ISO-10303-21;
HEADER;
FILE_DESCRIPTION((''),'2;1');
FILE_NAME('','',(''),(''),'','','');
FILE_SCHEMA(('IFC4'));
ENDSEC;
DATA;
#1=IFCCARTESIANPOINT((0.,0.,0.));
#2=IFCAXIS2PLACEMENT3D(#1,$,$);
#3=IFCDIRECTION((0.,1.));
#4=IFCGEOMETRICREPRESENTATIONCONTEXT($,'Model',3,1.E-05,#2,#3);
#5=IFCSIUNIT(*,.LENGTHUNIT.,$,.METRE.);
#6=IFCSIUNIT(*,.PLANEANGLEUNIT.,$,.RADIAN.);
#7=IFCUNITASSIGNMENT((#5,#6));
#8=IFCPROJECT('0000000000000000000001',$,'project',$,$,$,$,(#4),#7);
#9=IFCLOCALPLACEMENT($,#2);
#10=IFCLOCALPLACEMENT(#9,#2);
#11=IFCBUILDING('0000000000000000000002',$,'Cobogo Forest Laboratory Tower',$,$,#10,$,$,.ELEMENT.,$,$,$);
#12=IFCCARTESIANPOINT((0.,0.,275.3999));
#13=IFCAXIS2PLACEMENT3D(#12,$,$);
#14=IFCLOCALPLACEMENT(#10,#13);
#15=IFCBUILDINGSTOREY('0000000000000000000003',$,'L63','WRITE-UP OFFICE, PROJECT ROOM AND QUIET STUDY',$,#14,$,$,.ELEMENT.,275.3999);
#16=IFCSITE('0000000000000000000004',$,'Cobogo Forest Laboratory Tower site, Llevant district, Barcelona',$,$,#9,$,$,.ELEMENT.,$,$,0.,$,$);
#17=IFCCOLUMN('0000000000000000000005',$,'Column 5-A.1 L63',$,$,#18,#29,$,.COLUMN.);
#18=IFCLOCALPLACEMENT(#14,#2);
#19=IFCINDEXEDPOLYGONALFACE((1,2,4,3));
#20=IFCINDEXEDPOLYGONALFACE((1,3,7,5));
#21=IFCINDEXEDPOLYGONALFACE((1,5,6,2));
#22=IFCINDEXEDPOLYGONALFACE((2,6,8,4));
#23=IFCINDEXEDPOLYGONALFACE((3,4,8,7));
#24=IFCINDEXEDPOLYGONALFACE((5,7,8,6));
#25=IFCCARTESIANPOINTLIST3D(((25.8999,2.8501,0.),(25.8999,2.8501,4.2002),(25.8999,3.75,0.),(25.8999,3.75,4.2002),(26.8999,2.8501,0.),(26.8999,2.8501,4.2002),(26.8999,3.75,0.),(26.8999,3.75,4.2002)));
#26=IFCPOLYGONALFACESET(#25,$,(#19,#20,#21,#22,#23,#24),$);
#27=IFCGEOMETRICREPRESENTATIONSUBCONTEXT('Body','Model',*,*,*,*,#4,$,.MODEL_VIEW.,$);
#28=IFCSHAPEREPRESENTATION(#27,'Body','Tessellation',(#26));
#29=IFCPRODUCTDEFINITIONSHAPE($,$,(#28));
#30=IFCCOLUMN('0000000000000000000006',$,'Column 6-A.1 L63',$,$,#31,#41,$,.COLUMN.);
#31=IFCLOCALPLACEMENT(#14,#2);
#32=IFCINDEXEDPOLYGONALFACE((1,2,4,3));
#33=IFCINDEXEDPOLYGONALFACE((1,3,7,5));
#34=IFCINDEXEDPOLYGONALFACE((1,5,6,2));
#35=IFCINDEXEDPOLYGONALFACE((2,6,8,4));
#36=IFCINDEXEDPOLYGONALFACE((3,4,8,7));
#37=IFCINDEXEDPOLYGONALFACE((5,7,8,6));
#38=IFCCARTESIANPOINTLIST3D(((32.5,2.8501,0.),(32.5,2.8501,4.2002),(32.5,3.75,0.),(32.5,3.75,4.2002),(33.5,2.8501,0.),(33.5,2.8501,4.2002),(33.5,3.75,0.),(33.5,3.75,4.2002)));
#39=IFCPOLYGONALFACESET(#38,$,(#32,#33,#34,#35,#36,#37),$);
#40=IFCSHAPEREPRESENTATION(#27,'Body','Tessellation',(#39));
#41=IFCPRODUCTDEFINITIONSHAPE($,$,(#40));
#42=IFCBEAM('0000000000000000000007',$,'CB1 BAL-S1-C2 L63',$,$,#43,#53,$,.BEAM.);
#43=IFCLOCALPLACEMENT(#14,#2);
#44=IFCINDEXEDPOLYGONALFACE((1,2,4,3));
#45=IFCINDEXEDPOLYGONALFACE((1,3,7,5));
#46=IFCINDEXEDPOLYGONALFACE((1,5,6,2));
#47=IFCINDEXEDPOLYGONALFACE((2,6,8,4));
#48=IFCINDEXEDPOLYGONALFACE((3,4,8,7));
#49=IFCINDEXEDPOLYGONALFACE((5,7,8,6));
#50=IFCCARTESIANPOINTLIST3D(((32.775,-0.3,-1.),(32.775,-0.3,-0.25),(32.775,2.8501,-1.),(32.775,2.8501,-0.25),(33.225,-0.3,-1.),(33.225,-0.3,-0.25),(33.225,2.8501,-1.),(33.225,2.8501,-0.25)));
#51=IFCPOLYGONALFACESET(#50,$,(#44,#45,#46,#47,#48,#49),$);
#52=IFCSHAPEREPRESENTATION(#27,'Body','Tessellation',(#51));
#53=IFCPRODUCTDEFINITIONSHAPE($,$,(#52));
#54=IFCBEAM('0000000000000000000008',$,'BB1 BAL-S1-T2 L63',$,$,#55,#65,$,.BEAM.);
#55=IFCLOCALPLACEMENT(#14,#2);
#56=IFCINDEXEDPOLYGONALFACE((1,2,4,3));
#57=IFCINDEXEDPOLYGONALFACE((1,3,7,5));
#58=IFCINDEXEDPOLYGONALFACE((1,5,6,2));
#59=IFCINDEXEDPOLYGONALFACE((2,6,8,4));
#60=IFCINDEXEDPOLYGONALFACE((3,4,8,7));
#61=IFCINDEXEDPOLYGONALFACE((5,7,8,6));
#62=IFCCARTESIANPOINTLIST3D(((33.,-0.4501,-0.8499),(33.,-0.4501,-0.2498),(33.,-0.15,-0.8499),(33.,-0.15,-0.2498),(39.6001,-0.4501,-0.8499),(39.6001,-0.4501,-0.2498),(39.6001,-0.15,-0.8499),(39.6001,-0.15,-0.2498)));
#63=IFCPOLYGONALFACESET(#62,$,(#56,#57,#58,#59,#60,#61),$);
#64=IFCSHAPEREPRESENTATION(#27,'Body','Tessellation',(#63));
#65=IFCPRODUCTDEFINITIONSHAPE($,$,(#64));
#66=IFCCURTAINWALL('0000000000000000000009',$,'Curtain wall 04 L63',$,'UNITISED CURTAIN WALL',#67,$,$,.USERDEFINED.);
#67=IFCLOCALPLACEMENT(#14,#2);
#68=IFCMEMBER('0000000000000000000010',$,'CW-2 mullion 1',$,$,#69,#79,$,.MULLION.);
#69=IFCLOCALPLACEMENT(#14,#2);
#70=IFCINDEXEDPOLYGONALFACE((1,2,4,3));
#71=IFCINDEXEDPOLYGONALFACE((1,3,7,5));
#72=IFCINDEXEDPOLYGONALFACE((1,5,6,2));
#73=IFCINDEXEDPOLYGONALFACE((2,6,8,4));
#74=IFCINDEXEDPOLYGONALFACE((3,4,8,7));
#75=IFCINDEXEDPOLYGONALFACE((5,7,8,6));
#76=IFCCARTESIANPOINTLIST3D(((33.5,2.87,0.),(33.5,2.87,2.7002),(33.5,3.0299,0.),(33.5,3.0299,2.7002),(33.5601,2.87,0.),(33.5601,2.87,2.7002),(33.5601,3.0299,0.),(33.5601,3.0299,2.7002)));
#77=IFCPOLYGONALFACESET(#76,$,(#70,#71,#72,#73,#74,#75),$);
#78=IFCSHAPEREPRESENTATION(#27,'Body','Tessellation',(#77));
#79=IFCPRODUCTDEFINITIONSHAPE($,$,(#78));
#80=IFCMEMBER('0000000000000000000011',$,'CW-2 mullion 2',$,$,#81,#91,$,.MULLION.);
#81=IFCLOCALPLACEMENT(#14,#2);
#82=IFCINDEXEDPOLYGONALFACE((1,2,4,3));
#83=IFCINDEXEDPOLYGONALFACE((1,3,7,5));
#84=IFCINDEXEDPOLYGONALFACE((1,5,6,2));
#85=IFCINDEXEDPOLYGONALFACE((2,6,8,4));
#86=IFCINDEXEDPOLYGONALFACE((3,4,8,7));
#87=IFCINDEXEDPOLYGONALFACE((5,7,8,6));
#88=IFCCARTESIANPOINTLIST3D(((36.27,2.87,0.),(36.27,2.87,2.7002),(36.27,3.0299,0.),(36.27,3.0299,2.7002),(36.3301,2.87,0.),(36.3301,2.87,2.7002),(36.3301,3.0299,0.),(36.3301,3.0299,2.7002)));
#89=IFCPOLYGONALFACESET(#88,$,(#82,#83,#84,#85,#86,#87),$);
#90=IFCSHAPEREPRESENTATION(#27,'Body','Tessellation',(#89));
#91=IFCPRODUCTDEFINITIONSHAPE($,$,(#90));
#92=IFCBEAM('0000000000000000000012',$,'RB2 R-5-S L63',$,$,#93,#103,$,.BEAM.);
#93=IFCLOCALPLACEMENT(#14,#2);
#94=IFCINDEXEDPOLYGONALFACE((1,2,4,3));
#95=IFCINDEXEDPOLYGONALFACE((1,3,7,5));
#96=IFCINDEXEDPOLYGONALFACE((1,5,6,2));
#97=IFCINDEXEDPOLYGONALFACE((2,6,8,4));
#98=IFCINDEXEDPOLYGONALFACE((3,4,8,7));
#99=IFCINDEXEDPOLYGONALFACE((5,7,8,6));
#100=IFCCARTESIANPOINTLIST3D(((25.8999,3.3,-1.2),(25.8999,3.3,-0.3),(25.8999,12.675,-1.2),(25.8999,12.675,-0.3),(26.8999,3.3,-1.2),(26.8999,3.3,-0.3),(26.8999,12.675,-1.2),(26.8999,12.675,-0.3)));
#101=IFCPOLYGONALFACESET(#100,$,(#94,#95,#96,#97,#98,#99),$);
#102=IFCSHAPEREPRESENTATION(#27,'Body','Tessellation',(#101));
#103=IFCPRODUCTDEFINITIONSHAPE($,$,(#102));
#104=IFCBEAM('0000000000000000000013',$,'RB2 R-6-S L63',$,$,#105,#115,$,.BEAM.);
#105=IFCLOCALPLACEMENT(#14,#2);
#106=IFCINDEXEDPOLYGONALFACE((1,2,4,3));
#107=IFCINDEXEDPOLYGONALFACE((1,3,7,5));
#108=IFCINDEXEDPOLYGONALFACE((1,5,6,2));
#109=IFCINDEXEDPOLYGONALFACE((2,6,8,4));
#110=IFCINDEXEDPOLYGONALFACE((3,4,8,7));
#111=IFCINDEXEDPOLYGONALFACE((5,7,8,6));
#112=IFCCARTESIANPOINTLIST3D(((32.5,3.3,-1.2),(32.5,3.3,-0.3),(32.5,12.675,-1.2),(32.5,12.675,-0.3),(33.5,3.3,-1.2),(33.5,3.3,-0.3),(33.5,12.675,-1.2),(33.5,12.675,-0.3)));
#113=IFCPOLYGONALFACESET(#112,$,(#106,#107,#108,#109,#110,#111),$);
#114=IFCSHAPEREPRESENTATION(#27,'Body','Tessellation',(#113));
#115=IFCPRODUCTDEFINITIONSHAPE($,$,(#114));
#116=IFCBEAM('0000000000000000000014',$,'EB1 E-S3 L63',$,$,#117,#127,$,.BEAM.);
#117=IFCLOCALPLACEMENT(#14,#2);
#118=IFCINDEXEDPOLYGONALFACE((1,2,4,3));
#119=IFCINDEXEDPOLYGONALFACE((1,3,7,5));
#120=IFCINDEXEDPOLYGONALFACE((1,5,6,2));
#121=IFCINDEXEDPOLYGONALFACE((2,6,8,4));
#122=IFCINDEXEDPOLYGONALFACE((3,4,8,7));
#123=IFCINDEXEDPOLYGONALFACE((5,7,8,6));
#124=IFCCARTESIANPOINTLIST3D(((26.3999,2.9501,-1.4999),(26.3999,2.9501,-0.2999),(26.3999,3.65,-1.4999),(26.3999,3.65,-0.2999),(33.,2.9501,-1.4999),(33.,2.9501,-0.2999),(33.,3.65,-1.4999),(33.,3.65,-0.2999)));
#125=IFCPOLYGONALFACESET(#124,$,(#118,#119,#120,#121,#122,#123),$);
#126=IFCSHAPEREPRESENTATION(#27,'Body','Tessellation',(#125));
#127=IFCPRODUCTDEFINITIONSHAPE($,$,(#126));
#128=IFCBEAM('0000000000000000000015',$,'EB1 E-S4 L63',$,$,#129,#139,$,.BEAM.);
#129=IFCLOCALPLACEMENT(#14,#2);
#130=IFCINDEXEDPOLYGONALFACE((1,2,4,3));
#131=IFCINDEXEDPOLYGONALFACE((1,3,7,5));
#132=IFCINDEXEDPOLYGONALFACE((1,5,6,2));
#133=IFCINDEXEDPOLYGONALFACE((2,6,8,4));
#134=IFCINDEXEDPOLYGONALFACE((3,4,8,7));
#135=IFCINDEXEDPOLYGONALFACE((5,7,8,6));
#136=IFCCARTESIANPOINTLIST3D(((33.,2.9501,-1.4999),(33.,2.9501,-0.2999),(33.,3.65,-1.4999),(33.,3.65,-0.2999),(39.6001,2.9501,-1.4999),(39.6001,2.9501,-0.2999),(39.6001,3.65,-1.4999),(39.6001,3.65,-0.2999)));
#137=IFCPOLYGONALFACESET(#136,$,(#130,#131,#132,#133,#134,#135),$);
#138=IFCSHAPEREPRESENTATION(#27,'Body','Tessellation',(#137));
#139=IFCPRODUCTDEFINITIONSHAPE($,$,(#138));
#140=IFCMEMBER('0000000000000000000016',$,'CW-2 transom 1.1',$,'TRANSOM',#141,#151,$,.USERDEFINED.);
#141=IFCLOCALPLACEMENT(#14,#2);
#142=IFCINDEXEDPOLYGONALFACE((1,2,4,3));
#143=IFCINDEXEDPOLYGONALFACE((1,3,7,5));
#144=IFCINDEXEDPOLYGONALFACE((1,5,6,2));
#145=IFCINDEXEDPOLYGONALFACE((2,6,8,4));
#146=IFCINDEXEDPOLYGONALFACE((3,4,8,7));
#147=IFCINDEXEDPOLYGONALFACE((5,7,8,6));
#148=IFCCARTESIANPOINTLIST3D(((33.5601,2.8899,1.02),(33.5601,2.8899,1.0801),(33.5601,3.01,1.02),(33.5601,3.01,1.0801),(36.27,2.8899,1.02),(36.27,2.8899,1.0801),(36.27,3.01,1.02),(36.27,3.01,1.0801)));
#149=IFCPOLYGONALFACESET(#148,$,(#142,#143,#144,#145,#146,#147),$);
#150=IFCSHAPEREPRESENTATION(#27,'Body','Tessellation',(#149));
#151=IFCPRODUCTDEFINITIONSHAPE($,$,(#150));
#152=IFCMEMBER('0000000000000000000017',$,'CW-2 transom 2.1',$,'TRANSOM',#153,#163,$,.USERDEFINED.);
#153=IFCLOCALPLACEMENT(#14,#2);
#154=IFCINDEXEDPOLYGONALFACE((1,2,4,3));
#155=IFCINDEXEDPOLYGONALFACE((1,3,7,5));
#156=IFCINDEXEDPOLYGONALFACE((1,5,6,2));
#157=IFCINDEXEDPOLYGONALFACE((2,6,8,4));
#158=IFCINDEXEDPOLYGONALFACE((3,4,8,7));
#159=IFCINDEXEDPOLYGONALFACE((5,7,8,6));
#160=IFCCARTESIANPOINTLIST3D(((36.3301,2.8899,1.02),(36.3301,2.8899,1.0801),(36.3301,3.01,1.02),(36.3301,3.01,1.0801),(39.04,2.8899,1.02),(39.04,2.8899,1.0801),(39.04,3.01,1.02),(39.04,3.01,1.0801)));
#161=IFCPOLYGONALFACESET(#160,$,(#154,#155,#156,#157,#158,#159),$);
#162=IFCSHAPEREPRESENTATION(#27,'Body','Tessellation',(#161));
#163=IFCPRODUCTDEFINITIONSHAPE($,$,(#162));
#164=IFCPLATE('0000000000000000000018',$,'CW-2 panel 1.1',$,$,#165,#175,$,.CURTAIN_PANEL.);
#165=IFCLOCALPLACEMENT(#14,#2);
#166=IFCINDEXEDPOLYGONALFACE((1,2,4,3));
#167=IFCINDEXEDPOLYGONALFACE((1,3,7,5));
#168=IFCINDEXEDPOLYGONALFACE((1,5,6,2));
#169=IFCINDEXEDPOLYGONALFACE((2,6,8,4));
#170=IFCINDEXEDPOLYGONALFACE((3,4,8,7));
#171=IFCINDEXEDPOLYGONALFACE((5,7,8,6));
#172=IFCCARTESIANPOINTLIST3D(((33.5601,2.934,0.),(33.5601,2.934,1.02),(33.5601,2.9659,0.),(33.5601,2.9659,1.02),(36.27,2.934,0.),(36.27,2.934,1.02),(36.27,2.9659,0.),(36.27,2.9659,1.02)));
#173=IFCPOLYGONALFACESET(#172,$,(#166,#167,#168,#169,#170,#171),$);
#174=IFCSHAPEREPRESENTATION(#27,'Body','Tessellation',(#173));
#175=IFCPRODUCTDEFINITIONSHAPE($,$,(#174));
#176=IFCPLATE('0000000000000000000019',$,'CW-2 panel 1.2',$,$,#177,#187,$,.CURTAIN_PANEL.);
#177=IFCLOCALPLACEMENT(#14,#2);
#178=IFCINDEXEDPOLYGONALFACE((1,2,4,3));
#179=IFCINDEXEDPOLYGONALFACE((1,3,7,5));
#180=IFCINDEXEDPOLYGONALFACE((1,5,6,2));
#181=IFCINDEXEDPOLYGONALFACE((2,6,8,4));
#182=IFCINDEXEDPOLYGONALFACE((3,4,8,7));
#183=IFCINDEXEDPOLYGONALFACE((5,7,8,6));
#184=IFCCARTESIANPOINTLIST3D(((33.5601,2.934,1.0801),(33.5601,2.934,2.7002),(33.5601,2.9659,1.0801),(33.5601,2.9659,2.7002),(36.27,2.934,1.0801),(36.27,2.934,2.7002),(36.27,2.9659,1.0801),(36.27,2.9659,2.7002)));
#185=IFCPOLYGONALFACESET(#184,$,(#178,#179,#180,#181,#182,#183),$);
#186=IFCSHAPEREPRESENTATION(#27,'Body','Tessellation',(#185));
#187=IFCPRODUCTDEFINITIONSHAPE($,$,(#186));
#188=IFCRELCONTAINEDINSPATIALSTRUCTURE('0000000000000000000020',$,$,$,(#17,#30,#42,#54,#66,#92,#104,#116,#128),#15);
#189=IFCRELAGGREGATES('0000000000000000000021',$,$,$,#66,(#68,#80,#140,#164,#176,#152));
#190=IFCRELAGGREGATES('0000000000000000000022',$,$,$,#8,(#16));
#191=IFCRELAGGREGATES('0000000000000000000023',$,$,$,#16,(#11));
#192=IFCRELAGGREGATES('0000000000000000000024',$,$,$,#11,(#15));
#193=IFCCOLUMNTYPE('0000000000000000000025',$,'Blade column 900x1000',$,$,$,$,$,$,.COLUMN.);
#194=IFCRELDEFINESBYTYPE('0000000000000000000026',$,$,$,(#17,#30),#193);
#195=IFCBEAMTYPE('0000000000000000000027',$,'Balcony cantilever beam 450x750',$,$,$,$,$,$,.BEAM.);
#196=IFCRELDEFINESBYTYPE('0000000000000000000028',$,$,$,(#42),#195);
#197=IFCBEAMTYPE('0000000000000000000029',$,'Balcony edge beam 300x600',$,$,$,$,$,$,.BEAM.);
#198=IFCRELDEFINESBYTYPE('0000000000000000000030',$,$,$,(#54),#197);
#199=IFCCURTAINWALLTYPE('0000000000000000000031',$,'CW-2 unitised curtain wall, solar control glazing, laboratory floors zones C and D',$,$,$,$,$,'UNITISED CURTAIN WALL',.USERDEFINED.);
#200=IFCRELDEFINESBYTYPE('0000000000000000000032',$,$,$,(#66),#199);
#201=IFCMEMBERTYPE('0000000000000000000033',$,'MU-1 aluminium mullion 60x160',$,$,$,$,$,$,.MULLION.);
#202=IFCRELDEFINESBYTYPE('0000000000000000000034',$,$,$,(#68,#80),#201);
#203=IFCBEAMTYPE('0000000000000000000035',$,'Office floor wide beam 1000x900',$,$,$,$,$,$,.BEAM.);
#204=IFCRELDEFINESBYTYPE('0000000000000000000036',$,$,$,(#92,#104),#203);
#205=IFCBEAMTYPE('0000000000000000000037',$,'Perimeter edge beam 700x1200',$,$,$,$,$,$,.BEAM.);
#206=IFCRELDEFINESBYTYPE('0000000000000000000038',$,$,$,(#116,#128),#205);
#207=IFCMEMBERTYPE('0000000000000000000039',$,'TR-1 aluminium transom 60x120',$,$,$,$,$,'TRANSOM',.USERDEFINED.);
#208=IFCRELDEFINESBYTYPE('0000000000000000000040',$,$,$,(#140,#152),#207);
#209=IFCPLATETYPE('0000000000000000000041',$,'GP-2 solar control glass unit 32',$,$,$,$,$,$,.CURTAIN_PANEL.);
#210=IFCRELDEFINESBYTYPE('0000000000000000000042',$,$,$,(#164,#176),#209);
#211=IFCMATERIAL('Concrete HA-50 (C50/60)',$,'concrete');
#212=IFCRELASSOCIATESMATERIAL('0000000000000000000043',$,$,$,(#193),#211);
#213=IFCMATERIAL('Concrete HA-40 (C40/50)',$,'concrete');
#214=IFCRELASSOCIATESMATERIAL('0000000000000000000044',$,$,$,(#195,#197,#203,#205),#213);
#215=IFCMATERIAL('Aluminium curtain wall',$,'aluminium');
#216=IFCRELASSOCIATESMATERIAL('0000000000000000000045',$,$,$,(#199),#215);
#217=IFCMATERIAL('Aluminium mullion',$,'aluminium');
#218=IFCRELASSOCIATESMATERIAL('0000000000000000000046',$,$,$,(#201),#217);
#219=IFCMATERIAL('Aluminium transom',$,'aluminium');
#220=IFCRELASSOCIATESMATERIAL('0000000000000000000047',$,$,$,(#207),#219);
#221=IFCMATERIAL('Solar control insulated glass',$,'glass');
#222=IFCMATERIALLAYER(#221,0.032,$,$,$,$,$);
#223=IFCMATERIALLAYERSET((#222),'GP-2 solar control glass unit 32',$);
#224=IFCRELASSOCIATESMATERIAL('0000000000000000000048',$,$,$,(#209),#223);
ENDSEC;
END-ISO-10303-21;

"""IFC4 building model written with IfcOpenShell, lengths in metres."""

from ifc_helpers import new_model, si_unit, direction, frame, origin, origin_2d, place, context, subcontext, project, spatial, rectangle, extrude, material, layer, layer_set, material_profile, profile_set, type_object, element, aggregate, save


model = new_model("IFC4")

# Units and contexts
model_context = context("Model", 3, precision=1e-05, world=origin(), true_north=direction((0.0, 1.0)))
body_context = subcontext(model_context, "Body", "Model", "MODEL_VIEW")
ifc_project = project(units=[si_unit("LENGTHUNIT", "METRE"), si_unit("PLANEANGLEUNIT", "RADIAN")], contexts=[model_context])

# Site, building, storey
site_placement = place(None, origin())
site = spatial("IfcSite", under=ifc_project, at=site_placement, Name="Cobogo Forest Laboratory Tower site, Llevant district, Barcelona", CompositionType="ELEMENT", RefElevation=0.0)
building_placement = place(site_placement, origin())
building = spatial("IfcBuilding", under=site, at=building_placement, Name="Cobogo Forest Laboratory Tower", CompositionType="ELEMENT")
storey_placement = place(building_placement, frame((0.0, 0.0, 275.3999)))
storey = spatial("IfcBuildingStorey", under=building, at=storey_placement, Name="L63", Description="WRITE-UP OFFICE, PROJECT ROOM AND QUIET STUDY", CompositionType="ELEMENT", Elevation=275.3999)

# Columns
ifc_material_1 = material(Name="Concrete HA-50 (C50/60)", Category="concrete")
ifc_material_profile_1 = material_profile(ifc_material_1, rectangle(XDim=1.0, YDim=0.8999, at=origin_2d()), Name="RC 900x1000")
ifc_profile_set_1 = profile_set([ifc_material_profile_1], Name="Concrete HA-50 (C50/60)")
column_type = type_object("IfcColumnType", Name="Blade column 900x1000", PredefinedType="COLUMN", material=ifc_profile_set_1)
for number, where, z_axis, x_axis, name in (
    (1, (26.3999, 3.3, 0.0), (0.0, 0.0, 1.0), (1.0, 0.0, 0.0), "Column 5-A.1 L63"),
    (2, (33.0, 3.3, 0.0), (0.0, 0.0, 1.0), (1.0, 0.0, 0.0), "Column 6-A.1 L63"),
):
    element("IfcColumn", number, at=place(storey_placement, frame(where, z_axis=z_axis, x_axis=x_axis)), inside=storey, type_object=column_type, Name=name, PredefinedType="COLUMN", context=body_context, shape_type="SweptSolid", body=[
        extrude(rectangle(XDim=1.0, YDim=0.8999, at=origin_2d()), origin(), (0.0, 0.0, 1.0), 4.2002),
    ])

# Beams
ifc_material_2 = material(Name="Concrete HA-40 (C40/50)", Category="concrete")
ifc_material_profile_2 = material_profile(ifc_material_2, rectangle(XDim=0.45, YDim=0.75, at=origin_2d()), Name="RC 450x750")
ifc_profile_set_2 = profile_set([ifc_material_profile_2], Name="Concrete HA-40 (C40/50)")
beam_type_1 = type_object("IfcBeamType", Name="Balcony cantilever beam 450x750", PredefinedType="BEAM", material=ifc_profile_set_2)
beam_1_placement = place(storey_placement, frame((33.0, 2.8501, -0.625), z_axis=(0.0, -1.0, 0.0), x_axis=(1.0, 0.0, 0.0)))
element("IfcBeam", 3, at=beam_1_placement, inside=storey, type_object=beam_type_1, Name="CB1 BAL-S1-C2 L63", PredefinedType="BEAM", context=body_context, shape_type="SweptSolid", body=[
    extrude(rectangle(XDim=0.45, YDim=0.75, at=origin_2d()), origin(), (0.0, 0.0, 1.0), 3.1501),
])
ifc_material_profile_3 = material_profile(ifc_material_2, rectangle(XDim=0.3, YDim=0.6001, at=origin_2d()), Name="RC 300x600")
ifc_profile_set_3 = profile_set([ifc_material_profile_3], Name="Concrete HA-40 (C40/50)")
beam_type_2 = type_object("IfcBeamType", Name="Balcony edge beam 300x600", PredefinedType="BEAM", material=ifc_profile_set_3)
beam_2_placement = place(storey_placement, frame((33.0, -0.3, -0.5498), z_axis=(1.0, 0.0, 0.0), x_axis=(0.0, 1.0, 0.0)))
element("IfcBeam", 4, at=beam_2_placement, inside=storey, type_object=beam_type_2, Name="BB1 BAL-S1-T2 L63", PredefinedType="BEAM", context=body_context, shape_type="SweptSolid", body=[
    extrude(rectangle(XDim=0.3, YDim=0.6001, at=origin_2d()), origin(), (0.0, 0.0, 1.0), 6.6001),
])

# Curtain wall, members
ifc_material_3 = material(Name="Aluminium curtain wall", Category="aluminium")
curtain_wall_type = type_object("IfcCurtainWallType", Name="CW-2 unitised curtain wall, solar control glazing, laboratory floors zones C and D", ElementType="UNITISED CURTAIN WALL", PredefinedType="USERDEFINED", material=ifc_material_3)
curtain_wall_placement = place(storey_placement, origin())
curtain_wall = element("IfcCurtainWall", 5, at=curtain_wall_placement, inside=storey, type_object=curtain_wall_type, Name="Curtain wall 04 L63", ObjectType="UNITISED CURTAIN WALL", PredefinedType="USERDEFINED")
ifc_material_4 = material(Name="Aluminium mullion", Category="aluminium")
ifc_material_profile_4 = material_profile(ifc_material_4, rectangle(XDim=0.0601, YDim=0.1599, at=origin_2d()), Name="AL 60x160")
ifc_profile_set_4 = profile_set([ifc_material_profile_4], Name="Aluminium mullion")
member_type_1 = type_object("IfcMemberType", Name="MU-1 aluminium mullion 60x160", PredefinedType="MULLION", material=ifc_profile_set_4)
member_1_placement = place(storey_placement, frame((33.53, 2.95, 0.0), z_axis=(0.0, 0.0, 1.0), x_axis=(1.0, 0.0, 0.0)))
member_1 = element("IfcMember", 6, at=member_1_placement, type_object=member_type_1, Name="CW-2 mullion 1", PredefinedType="MULLION", context=body_context, shape_type="SweptSolid", body=[
    extrude(rectangle(XDim=0.0601, YDim=0.1599, at=origin_2d()), origin(), (0.0, 0.0, 1.0), 2.7002),
])
member_2_placement = place(storey_placement, frame((36.3, 2.95, 0.0), z_axis=(0.0, 0.0, 1.0), x_axis=(1.0, 0.0, 0.0)))
member_2 = element("IfcMember", 7, at=member_2_placement, type_object=member_type_1, Name="CW-2 mullion 2", PredefinedType="MULLION", context=body_context, shape_type="SweptSolid", body=[
    extrude(rectangle(XDim=0.0601, YDim=0.1599, at=origin_2d()), origin(), (0.0, 0.0, 1.0), 2.7002),
])

# Beams
ifc_material_profile_5 = material_profile(ifc_material_2, rectangle(XDim=1.0, YDim=0.8999, at=origin_2d()), Name="RC 1000x900")
ifc_profile_set_5 = profile_set([ifc_material_profile_5], Name="Concrete HA-40 (C40/50)")
beam_type_3 = type_object("IfcBeamType", Name="Office floor wide beam 1000x900", PredefinedType="BEAM", material=ifc_profile_set_5)
for number, where, z_axis, x_axis, name in (
    (8, (26.3999, 12.675, -0.75), (0.0, -1.0, 0.0), (1.0, 0.0, 0.0), "RB2 R-5-S L63"),
    (9, (33.0, 12.675, -0.75), (0.0, -1.0, 0.0), (1.0, 0.0, 0.0), "RB2 R-6-S L63"),
):
    element("IfcBeam", number, at=place(storey_placement, frame(where, z_axis=z_axis, x_axis=x_axis)), inside=storey, type_object=beam_type_3, Name=name, PredefinedType="BEAM", context=body_context, shape_type="SweptSolid", body=[
        extrude(rectangle(XDim=1.0, YDim=0.8999, at=origin_2d()), origin(), (0.0, 0.0, 1.0), 9.375),
    ])
ifc_material_profile_6 = material_profile(ifc_material_2, rectangle(XDim=0.7, YDim=1.2, at=origin_2d()), Name="RC 700x1200")
ifc_profile_set_6 = profile_set([ifc_material_profile_6], Name="Concrete HA-40 (C40/50)")
beam_type_4 = type_object("IfcBeamType", Name="Perimeter edge beam 700x1200", PredefinedType="BEAM", material=ifc_profile_set_6)
for number, where, z_axis, x_axis, name in (
    (10, (26.3999, 3.3, -0.8999), (1.0, 0.0, 0.0), (0.0, 1.0, 0.0), "EB1 E-S3 L63"),
    (11, (33.0, 3.3, -0.8999), (1.0, 0.0, 0.0), (0.0, 1.0, 0.0), "EB1 E-S4 L63"),
):
    element("IfcBeam", number, at=place(storey_placement, frame(where, z_axis=z_axis, x_axis=x_axis)), inside=storey, type_object=beam_type_4, Name=name, PredefinedType="BEAM", context=body_context, shape_type="SweptSolid", body=[
        extrude(rectangle(XDim=0.7, YDim=1.2, at=origin_2d()), origin(), (0.0, 0.0, 1.0), 6.6001),
    ])

# Members
ifc_material_5 = material(Name="Aluminium transom", Category="aluminium")
ifc_material_profile_7 = material_profile(ifc_material_5, rectangle(XDim=0.1201, YDim=0.0601, at=origin_2d()), Name="AL 60x120")
ifc_profile_set_7 = profile_set([ifc_material_profile_7], Name="Aluminium transom")
member_type_2 = type_object("IfcMemberType", Name="TR-1 aluminium transom 60x120", ElementType="TRANSOM", PredefinedType="USERDEFINED", material=ifc_profile_set_7)
member_3_placement = place(storey_placement, frame((33.5601, 2.95, 1.05), z_axis=(1.0, 0.0, 0.0), x_axis=(0.0, 1.0, 0.0)))
member_3 = element("IfcMember", 12, at=member_3_placement, type_object=member_type_2, Name="CW-2 transom 1.1", ObjectType="TRANSOM", PredefinedType="USERDEFINED", context=body_context, shape_type="SweptSolid", body=[
    extrude(rectangle(XDim=0.1201, YDim=0.0601, at=origin_2d()), origin(), (0.0, 0.0, 1.0), 2.71),
])
member_4_placement = place(storey_placement, frame((36.3301, 2.95, 1.05), z_axis=(1.0, 0.0, 0.0), x_axis=(0.0, 1.0, 0.0)))
member_4 = element("IfcMember", 13, at=member_4_placement, type_object=member_type_2, Name="CW-2 transom 2.1", ObjectType="TRANSOM", PredefinedType="USERDEFINED", context=body_context, shape_type="SweptSolid", body=[
    extrude(rectangle(XDim=0.1201, YDim=0.0601, at=origin_2d()), origin(), (0.0, 0.0, 1.0), 2.71),
])

# Plates
ifc_material_6 = material(Name="Solar control insulated glass", Category="glass")
ifc_layer_1 = layer(ifc_material_6, 0.032)
ifc_layer_set_1 = layer_set([ifc_layer_1], Name="GP-2 solar control glass unit 32")
plate_type = type_object("IfcPlateType", Name="GP-2 solar control glass unit 32", PredefinedType="CURTAIN_PANEL", material=ifc_layer_set_1)
plate_1_placement = place(storey_placement, frame((34.915, 2.95, 0.0), z_axis=(0.0, 0.0, 1.0), x_axis=(1.0, 0.0, 0.0)))
plate_1 = element("IfcPlate", 14, at=plate_1_placement, type_object=plate_type, Name="CW-2 panel 1.1", PredefinedType="CURTAIN_PANEL", context=body_context, shape_type="SweptSolid", body=[
    extrude(rectangle(XDim=2.71, YDim=0.032, at=origin_2d()), origin(), (0.0, 0.0, 1.0), 1.02),
])
plate_2_placement = place(storey_placement, frame((34.915, 2.95, 1.0801), z_axis=(0.0, 0.0, 1.0), x_axis=(1.0, 0.0, 0.0)))
plate_2 = element("IfcPlate", 15, at=plate_2_placement, type_object=plate_type, Name="CW-2 panel 1.2", PredefinedType="CURTAIN_PANEL", context=body_context, shape_type="SweptSolid", body=[
    extrude(rectangle(XDim=2.71, YDim=0.032, at=origin_2d()), origin(), (0.0, 0.0, 1.0), 1.6201),
])
aggregate(curtain_wall, [member_1, member_2, member_3, plate_1, plate_2, member_4])

save(model, "model.ifc")
